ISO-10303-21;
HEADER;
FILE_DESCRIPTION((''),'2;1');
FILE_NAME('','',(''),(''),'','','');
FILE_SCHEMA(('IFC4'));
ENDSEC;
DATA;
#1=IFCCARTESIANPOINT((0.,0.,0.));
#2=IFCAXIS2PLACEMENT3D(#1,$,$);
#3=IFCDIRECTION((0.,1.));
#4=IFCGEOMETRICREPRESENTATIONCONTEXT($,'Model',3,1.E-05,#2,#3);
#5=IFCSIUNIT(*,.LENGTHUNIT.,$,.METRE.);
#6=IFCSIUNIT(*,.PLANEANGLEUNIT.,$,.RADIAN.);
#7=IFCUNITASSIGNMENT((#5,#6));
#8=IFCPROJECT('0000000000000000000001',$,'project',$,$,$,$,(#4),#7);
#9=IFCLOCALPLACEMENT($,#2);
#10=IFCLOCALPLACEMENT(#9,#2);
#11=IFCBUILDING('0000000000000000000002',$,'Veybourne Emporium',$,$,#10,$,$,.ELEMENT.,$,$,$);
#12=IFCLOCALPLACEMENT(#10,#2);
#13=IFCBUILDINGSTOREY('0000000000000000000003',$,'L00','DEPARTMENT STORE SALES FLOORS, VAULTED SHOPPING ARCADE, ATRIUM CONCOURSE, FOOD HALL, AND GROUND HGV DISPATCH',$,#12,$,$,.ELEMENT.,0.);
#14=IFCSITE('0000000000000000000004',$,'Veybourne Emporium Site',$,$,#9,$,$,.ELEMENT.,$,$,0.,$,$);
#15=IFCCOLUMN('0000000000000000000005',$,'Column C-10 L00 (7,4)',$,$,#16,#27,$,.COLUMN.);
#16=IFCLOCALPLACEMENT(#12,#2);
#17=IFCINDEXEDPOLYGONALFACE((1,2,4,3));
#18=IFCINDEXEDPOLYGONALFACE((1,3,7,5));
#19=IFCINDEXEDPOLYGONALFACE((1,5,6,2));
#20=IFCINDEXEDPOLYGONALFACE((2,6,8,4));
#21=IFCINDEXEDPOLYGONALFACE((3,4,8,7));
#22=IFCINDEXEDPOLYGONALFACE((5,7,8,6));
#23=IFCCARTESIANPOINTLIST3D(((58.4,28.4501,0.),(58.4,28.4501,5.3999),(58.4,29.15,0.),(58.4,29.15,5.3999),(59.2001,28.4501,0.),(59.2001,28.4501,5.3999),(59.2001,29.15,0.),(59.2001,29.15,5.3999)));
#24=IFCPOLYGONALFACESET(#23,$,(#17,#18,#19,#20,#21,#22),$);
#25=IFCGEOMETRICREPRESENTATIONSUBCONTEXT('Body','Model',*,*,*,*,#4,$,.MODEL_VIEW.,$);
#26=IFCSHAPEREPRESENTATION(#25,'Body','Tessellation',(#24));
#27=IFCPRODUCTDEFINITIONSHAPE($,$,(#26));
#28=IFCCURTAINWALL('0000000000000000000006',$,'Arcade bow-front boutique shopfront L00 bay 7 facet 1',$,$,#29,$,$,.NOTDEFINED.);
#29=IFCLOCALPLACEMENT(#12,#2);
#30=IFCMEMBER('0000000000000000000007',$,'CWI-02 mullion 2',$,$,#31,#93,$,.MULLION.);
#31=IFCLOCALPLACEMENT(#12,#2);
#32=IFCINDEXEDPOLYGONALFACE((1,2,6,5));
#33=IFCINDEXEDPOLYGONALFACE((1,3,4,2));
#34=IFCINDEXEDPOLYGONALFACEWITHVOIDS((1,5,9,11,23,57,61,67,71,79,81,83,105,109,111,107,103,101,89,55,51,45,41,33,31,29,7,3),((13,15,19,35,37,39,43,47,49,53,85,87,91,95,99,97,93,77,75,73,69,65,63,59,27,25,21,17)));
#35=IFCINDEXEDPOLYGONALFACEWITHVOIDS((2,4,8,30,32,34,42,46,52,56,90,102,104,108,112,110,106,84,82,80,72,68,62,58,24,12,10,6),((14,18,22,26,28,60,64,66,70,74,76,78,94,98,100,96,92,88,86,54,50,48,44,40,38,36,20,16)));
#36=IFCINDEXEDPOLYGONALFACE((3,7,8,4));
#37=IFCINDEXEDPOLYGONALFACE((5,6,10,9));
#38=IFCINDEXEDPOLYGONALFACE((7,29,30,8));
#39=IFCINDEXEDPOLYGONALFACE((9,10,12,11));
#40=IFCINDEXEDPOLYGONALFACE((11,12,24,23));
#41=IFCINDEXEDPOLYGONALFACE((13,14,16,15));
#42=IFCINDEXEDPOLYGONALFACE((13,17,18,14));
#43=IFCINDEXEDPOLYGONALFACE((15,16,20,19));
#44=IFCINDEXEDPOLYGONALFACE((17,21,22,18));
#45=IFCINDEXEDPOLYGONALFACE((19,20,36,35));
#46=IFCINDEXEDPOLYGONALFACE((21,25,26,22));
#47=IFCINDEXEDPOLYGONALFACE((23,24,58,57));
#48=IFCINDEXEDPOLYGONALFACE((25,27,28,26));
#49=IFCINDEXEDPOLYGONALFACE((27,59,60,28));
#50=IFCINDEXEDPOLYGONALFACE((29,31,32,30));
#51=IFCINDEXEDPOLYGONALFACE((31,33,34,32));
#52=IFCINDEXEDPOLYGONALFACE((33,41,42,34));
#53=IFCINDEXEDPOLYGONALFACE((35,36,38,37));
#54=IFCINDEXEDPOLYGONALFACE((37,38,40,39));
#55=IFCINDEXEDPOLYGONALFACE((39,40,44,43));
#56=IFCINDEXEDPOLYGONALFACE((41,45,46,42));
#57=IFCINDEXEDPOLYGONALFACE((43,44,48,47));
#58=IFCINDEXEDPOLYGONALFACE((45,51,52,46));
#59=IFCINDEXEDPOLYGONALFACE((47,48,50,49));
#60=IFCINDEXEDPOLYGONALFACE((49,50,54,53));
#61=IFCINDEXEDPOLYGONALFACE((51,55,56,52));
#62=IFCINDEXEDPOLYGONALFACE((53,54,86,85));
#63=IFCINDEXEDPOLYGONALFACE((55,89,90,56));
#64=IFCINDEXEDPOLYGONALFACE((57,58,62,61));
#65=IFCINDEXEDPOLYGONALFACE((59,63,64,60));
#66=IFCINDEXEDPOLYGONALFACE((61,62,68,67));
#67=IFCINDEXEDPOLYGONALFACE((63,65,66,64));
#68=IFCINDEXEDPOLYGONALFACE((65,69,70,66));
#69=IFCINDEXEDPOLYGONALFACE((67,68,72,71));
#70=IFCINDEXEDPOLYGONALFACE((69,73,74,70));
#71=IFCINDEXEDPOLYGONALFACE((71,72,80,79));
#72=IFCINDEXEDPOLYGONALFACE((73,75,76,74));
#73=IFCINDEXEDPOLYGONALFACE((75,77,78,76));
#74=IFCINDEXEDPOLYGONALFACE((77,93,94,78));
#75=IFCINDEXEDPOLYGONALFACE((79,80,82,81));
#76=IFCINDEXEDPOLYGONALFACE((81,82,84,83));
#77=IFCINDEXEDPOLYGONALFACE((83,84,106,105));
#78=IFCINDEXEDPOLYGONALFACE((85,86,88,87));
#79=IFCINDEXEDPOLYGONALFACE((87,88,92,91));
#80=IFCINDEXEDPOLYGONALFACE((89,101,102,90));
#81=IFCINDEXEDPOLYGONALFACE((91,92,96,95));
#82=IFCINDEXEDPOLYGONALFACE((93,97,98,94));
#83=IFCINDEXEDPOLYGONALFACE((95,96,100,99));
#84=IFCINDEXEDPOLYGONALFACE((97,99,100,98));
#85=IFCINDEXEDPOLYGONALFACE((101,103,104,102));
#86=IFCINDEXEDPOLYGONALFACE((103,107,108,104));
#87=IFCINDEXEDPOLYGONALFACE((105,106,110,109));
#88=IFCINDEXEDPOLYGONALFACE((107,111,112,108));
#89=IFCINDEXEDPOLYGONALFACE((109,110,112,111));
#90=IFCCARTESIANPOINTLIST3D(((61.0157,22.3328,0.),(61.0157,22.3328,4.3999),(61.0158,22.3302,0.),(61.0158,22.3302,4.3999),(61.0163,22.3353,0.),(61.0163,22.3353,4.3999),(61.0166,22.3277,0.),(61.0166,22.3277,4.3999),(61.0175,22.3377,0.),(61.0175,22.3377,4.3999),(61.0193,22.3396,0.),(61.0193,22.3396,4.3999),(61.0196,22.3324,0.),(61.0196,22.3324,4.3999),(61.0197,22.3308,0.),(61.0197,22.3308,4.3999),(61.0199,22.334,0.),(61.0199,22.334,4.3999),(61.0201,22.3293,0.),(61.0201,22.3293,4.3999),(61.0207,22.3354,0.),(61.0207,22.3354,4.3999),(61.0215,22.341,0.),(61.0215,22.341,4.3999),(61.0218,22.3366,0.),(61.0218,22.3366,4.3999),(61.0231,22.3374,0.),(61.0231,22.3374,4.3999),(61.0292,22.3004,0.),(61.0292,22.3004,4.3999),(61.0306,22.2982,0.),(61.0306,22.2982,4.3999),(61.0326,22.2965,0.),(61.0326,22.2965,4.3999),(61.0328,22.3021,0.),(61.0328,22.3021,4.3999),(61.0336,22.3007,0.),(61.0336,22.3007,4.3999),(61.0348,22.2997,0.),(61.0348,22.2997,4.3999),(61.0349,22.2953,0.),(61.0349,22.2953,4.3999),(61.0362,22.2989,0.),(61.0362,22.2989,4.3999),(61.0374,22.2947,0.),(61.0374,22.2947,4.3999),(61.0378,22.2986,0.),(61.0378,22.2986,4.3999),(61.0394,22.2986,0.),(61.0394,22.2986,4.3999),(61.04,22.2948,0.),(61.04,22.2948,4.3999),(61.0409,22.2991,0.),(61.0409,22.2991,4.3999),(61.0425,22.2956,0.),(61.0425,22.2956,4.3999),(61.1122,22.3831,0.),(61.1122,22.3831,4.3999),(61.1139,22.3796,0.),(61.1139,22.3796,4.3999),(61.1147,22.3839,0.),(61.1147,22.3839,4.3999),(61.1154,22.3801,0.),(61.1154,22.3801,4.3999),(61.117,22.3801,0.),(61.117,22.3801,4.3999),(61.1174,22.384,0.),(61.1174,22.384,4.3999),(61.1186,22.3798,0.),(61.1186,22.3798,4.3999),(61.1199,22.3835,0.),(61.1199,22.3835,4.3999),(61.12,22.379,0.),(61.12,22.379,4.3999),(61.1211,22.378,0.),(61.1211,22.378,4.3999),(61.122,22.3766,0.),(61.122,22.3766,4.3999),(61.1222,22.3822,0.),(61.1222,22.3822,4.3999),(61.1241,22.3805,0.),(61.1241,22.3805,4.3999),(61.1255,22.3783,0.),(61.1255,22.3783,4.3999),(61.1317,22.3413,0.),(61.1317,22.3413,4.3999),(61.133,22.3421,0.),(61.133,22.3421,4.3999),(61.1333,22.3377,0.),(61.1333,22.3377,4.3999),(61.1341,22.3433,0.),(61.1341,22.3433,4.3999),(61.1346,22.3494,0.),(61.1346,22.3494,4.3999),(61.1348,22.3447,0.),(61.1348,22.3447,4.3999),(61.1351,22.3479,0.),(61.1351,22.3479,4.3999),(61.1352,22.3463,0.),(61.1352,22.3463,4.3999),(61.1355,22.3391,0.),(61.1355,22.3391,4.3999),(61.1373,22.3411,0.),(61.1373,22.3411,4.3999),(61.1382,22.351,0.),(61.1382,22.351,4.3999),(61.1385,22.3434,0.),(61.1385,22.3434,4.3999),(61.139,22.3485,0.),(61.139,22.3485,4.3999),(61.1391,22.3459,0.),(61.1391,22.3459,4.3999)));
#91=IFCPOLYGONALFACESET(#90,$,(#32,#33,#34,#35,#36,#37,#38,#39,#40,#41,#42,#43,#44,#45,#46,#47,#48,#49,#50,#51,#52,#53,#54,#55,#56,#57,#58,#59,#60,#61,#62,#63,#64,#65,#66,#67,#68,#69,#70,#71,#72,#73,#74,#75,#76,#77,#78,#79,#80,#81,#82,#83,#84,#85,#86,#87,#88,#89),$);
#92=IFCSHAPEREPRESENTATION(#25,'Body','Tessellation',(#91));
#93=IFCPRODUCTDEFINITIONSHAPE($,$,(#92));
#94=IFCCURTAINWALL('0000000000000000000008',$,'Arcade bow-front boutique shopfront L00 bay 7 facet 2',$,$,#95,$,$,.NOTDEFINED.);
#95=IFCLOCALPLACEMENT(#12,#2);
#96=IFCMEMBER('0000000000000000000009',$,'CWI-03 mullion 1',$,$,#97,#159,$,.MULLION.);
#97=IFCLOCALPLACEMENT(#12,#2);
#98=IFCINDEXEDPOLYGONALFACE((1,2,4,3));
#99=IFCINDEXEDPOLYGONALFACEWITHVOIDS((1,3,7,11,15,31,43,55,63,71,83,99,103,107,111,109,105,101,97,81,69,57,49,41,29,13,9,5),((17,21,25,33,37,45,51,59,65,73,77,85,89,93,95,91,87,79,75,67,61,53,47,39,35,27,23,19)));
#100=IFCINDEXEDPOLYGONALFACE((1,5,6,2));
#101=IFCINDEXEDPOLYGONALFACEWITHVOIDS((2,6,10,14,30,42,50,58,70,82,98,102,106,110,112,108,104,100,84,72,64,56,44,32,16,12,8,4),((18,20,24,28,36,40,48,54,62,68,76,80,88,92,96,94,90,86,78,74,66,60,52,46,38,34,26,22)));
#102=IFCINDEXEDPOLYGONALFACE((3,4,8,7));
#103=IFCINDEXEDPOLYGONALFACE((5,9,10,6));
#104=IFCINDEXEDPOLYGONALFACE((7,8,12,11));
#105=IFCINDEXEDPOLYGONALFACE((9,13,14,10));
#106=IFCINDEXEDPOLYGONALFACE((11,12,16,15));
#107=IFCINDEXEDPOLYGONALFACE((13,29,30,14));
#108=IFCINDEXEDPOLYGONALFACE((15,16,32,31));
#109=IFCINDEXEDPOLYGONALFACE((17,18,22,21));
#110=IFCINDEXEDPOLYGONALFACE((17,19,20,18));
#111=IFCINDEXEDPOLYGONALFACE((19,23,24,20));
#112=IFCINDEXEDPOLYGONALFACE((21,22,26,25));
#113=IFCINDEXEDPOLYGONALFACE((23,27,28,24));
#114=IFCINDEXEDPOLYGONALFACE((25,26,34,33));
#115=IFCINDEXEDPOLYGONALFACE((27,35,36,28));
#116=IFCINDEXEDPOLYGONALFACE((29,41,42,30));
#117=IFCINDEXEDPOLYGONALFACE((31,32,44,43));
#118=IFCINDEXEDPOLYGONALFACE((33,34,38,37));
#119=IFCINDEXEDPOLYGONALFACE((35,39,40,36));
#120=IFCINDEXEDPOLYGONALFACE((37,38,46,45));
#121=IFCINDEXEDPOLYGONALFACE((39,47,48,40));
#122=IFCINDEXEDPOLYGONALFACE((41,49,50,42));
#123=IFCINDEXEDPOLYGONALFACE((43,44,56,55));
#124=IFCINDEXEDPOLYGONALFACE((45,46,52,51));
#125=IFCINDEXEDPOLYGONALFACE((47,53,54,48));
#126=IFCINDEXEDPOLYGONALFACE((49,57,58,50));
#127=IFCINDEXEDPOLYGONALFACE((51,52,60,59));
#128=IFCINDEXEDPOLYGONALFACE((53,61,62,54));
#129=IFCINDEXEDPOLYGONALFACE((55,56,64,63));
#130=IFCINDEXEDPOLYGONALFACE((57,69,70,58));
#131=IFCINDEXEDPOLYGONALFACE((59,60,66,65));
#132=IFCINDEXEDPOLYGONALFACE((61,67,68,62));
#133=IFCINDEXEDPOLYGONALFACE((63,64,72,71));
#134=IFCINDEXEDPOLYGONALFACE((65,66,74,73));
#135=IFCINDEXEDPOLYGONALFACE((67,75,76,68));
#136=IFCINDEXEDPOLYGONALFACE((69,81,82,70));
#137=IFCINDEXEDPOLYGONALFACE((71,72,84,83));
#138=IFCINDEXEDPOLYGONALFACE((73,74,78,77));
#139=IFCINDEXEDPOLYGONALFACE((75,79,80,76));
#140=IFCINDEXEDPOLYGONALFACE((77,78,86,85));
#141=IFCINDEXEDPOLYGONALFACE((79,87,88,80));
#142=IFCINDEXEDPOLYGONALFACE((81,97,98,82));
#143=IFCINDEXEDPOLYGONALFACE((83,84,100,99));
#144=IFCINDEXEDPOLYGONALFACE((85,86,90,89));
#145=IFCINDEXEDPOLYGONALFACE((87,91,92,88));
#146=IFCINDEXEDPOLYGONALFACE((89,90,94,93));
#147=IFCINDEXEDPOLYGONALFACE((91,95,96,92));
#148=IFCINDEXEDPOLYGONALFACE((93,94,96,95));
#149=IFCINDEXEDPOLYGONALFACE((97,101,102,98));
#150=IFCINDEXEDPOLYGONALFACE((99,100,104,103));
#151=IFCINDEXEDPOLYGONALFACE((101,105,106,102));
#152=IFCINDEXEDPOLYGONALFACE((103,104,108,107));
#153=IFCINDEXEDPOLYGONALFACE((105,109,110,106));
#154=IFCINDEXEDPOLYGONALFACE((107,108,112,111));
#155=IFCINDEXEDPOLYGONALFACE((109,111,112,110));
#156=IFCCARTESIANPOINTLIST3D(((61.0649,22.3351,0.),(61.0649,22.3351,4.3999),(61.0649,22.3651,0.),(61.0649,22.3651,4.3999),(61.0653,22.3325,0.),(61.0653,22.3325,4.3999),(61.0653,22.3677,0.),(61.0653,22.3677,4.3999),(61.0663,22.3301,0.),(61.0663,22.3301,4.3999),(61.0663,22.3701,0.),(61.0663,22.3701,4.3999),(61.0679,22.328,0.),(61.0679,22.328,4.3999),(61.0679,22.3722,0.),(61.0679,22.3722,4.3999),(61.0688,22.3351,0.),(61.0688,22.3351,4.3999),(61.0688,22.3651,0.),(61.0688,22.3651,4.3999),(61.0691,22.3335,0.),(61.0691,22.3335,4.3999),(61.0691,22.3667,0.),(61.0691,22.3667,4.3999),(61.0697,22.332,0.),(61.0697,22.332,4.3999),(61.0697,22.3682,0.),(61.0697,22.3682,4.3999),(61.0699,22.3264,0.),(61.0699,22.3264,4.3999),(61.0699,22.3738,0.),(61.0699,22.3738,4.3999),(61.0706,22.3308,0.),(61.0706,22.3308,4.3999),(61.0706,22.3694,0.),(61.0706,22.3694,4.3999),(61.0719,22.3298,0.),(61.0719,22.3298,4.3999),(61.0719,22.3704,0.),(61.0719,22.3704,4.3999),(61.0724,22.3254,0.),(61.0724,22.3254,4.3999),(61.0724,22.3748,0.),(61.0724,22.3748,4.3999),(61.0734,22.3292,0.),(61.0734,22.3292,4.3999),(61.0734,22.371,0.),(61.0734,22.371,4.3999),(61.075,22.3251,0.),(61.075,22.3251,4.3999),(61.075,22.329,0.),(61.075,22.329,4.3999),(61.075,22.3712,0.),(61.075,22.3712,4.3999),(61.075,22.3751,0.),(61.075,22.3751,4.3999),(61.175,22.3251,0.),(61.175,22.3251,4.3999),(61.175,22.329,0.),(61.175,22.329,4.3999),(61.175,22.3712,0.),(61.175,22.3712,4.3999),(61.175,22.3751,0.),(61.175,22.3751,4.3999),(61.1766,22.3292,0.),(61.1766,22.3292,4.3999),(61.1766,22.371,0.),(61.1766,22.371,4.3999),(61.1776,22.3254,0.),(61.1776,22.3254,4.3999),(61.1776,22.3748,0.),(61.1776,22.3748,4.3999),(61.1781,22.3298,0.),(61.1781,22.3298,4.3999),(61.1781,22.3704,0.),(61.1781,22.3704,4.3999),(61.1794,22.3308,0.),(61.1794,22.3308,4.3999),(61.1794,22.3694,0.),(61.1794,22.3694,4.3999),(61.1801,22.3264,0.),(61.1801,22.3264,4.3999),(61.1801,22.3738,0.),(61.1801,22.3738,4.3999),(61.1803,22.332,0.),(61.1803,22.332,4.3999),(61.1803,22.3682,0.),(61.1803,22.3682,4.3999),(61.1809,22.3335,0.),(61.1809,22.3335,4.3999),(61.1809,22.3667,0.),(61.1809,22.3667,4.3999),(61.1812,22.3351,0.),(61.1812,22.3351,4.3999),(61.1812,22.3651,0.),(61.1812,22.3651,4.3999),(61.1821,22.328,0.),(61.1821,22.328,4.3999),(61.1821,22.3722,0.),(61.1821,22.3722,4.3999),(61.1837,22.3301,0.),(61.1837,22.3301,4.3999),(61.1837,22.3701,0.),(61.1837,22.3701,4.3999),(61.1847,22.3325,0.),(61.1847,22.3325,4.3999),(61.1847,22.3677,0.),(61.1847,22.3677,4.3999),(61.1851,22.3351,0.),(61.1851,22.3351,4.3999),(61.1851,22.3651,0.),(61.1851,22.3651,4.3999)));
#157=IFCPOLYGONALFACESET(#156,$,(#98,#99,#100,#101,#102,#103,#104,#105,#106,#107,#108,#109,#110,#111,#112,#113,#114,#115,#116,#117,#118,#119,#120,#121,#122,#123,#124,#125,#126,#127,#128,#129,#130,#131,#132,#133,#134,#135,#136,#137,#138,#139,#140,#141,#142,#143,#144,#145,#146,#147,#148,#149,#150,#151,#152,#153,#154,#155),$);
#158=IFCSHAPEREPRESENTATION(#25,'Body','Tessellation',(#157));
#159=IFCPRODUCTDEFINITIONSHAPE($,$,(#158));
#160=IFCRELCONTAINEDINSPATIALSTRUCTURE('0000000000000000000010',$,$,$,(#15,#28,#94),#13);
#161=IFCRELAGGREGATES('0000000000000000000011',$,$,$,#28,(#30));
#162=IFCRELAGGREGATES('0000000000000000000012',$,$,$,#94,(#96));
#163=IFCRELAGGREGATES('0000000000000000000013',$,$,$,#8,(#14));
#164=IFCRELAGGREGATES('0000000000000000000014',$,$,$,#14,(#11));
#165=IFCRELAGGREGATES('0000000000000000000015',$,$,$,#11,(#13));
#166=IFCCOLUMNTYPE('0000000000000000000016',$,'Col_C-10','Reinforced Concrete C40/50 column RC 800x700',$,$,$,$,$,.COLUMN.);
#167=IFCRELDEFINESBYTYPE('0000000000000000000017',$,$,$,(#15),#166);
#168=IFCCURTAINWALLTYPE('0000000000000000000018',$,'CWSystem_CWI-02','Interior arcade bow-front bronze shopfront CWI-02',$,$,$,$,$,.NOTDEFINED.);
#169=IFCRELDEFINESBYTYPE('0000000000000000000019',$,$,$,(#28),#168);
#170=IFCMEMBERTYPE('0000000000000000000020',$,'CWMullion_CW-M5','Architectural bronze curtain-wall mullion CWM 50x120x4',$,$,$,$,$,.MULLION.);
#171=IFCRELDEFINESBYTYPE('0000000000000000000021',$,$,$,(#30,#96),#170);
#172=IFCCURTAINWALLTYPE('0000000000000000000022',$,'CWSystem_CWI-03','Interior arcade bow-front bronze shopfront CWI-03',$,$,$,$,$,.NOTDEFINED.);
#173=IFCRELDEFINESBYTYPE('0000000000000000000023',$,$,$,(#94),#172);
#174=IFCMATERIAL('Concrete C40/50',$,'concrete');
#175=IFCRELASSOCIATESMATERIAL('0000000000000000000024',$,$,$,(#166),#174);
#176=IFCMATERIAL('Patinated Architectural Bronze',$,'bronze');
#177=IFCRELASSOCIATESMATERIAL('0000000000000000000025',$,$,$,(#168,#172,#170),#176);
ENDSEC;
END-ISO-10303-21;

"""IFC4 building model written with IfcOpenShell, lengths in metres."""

from ifc_helpers import new_model, si_unit, direction, frame, origin, origin_2d, place, context, subcontext, project, spatial, rectangle, hollow_rectangle, extrude, material, material_profile, profile_set, type_object, element, aggregate, save


model = new_model("IFC4")

# Units and contexts
model_context = context("Model", 3, precision=1e-05, world=origin(), true_north=direction((0.0, 1.0)))
body_context = subcontext(model_context, "Body", "Model", "MODEL_VIEW")
ifc_project = project(units=[si_unit("LENGTHUNIT", "METRE"), si_unit("PLANEANGLEUNIT", "RADIAN")], contexts=[model_context])

# Site, building, storey
site_placement = place(None, origin())
site = spatial("IfcSite", under=ifc_project, at=site_placement, Name="Veybourne Emporium Site", CompositionType="ELEMENT", RefElevation=0.0)
building_placement = place(site_placement, origin())
building = spatial("IfcBuilding", under=site, at=building_placement, Name="Veybourne Emporium", CompositionType="ELEMENT")
storey_placement = place(building_placement, origin())
storey = spatial("IfcBuildingStorey", under=building, at=storey_placement, Name="L00", Description="DEPARTMENT STORE SALES FLOORS, VAULTED SHOPPING ARCADE, ATRIUM CONCOURSE, FOOD HALL, AND GROUND HGV DISPATCH", CompositionType="ELEMENT", Elevation=0.0)

# Column
ifc_material_1 = material(Name="Concrete C40/50", Category="concrete")
ifc_material_profile_1 = material_profile(ifc_material_1, rectangle(XDim=0.8, YDim=0.7, at=origin_2d()), Name="RC 800x700")
ifc_profile_set_1 = profile_set([ifc_material_profile_1], Name="Concrete C40/50")
column_type = type_object("IfcColumnType", Name="Col_C-10", Description="Reinforced Concrete C40/50 column RC 800x700", PredefinedType="COLUMN", material=ifc_profile_set_1)
column_placement = place(storey_placement, frame((58.8, 28.8, 0.0), z_axis=(0.0, 0.0, 1.0), x_axis=(1.0, 0.0, 0.0)))
element("IfcColumn", 1, at=column_placement, inside=storey, type_object=column_type, Name="Column C-10 L00 (7,4)", PredefinedType="COLUMN", context=body_context, shape_type="SweptSolid", body=[
    extrude(rectangle(XDim=0.8, YDim=0.7, at=origin_2d()), origin(), (0.0, 0.0, 1.0), 5.3999),
])

# Curtain wall, member
ifc_material_2 = material(Name="Patinated Architectural Bronze", Category="bronze")
curtain_wall_type_1 = type_object("IfcCurtainWallType", Name="CWSystem_CWI-02", Description="Interior arcade bow-front bronze shopfront CWI-02", PredefinedType="NOTDEFINED", material=ifc_material_2)
curtain_wall_1_placement = place(storey_placement, origin())
curtain_wall_1 = element("IfcCurtainWall", 2, at=curtain_wall_1_placement, inside=storey, type_object=curtain_wall_type_1, Name="Arcade bow-front boutique shopfront L00 bay 7 facet 1", PredefinedType="NOTDEFINED")
ifc_material_profile_2 = material_profile(ifc_material_2, hollow_rectangle(XDim=0.05, YDim=0.1201, WallThickness=0.0039, InnerFilletRadius=0.0061, OuterFilletRadius=0.01, at=origin_2d()), Name="CWM 50x120x4")
ifc_profile_set_2 = profile_set([ifc_material_profile_2], Name="Patinated Architectural Bronze")
member_type_1 = type_object("IfcMemberType", Name="CWMullion_CW-M5", Description="Architectural bronze curtain-wall mullion CWM 50x120x4", PredefinedType="MULLION", material=ifc_profile_set_2)
member_1_placement = place(storey_placement, frame((61.0774, 22.3394, 0.0), z_axis=(0.0, 0.0, 1.0), x_axis=(-0.421111, 0.907009, 0.0)))
member_1 = element("IfcMember", 3, at=member_1_placement, type_object=member_type_1, Name="CWI-02 mullion 2", PredefinedType="MULLION", context=body_context, shape_type="SweptSolid", body=[
    extrude(hollow_rectangle(XDim=0.05, YDim=0.1201, WallThickness=0.0039, InnerFilletRadius=0.0061, OuterFilletRadius=0.01, at=origin_2d()), origin(), (0.0, 0.0, 1.0), 4.3999),
])

# Curtain wall, member
curtain_wall_type_2 = type_object("IfcCurtainWallType", Name="CWSystem_CWI-03", Description="Interior arcade bow-front bronze shopfront CWI-03", PredefinedType="NOTDEFINED", material=ifc_material_2)
curtain_wall_2_placement = place(storey_placement, origin())
curtain_wall_2 = element("IfcCurtainWall", 4, at=curtain_wall_2_placement, inside=storey, type_object=curtain_wall_type_2, Name="Arcade bow-front boutique shopfront L00 bay 7 facet 2", PredefinedType="NOTDEFINED")
member_2_placement = place(storey_placement, frame((61.125, 22.3501, 0.0), z_axis=(0.0, 0.0, 1.0), x_axis=(0.0, 1.0, 0.0)))
member_2 = element("IfcMember", 5, at=member_2_placement, type_object=member_type_1, Name="CWI-03 mullion 1", PredefinedType="MULLION", context=body_context, shape_type="SweptSolid", body=[
    extrude(hollow_rectangle(XDim=0.05, YDim=0.1201, WallThickness=0.0039, InnerFilletRadius=0.0061, OuterFilletRadius=0.01, at=origin_2d()), origin(), (0.0, 0.0, 1.0), 4.3999),
])

aggregate(curtain_wall_1, [member_1])
aggregate(curtain_wall_2, [member_2])

save(model, "model.ifc")
